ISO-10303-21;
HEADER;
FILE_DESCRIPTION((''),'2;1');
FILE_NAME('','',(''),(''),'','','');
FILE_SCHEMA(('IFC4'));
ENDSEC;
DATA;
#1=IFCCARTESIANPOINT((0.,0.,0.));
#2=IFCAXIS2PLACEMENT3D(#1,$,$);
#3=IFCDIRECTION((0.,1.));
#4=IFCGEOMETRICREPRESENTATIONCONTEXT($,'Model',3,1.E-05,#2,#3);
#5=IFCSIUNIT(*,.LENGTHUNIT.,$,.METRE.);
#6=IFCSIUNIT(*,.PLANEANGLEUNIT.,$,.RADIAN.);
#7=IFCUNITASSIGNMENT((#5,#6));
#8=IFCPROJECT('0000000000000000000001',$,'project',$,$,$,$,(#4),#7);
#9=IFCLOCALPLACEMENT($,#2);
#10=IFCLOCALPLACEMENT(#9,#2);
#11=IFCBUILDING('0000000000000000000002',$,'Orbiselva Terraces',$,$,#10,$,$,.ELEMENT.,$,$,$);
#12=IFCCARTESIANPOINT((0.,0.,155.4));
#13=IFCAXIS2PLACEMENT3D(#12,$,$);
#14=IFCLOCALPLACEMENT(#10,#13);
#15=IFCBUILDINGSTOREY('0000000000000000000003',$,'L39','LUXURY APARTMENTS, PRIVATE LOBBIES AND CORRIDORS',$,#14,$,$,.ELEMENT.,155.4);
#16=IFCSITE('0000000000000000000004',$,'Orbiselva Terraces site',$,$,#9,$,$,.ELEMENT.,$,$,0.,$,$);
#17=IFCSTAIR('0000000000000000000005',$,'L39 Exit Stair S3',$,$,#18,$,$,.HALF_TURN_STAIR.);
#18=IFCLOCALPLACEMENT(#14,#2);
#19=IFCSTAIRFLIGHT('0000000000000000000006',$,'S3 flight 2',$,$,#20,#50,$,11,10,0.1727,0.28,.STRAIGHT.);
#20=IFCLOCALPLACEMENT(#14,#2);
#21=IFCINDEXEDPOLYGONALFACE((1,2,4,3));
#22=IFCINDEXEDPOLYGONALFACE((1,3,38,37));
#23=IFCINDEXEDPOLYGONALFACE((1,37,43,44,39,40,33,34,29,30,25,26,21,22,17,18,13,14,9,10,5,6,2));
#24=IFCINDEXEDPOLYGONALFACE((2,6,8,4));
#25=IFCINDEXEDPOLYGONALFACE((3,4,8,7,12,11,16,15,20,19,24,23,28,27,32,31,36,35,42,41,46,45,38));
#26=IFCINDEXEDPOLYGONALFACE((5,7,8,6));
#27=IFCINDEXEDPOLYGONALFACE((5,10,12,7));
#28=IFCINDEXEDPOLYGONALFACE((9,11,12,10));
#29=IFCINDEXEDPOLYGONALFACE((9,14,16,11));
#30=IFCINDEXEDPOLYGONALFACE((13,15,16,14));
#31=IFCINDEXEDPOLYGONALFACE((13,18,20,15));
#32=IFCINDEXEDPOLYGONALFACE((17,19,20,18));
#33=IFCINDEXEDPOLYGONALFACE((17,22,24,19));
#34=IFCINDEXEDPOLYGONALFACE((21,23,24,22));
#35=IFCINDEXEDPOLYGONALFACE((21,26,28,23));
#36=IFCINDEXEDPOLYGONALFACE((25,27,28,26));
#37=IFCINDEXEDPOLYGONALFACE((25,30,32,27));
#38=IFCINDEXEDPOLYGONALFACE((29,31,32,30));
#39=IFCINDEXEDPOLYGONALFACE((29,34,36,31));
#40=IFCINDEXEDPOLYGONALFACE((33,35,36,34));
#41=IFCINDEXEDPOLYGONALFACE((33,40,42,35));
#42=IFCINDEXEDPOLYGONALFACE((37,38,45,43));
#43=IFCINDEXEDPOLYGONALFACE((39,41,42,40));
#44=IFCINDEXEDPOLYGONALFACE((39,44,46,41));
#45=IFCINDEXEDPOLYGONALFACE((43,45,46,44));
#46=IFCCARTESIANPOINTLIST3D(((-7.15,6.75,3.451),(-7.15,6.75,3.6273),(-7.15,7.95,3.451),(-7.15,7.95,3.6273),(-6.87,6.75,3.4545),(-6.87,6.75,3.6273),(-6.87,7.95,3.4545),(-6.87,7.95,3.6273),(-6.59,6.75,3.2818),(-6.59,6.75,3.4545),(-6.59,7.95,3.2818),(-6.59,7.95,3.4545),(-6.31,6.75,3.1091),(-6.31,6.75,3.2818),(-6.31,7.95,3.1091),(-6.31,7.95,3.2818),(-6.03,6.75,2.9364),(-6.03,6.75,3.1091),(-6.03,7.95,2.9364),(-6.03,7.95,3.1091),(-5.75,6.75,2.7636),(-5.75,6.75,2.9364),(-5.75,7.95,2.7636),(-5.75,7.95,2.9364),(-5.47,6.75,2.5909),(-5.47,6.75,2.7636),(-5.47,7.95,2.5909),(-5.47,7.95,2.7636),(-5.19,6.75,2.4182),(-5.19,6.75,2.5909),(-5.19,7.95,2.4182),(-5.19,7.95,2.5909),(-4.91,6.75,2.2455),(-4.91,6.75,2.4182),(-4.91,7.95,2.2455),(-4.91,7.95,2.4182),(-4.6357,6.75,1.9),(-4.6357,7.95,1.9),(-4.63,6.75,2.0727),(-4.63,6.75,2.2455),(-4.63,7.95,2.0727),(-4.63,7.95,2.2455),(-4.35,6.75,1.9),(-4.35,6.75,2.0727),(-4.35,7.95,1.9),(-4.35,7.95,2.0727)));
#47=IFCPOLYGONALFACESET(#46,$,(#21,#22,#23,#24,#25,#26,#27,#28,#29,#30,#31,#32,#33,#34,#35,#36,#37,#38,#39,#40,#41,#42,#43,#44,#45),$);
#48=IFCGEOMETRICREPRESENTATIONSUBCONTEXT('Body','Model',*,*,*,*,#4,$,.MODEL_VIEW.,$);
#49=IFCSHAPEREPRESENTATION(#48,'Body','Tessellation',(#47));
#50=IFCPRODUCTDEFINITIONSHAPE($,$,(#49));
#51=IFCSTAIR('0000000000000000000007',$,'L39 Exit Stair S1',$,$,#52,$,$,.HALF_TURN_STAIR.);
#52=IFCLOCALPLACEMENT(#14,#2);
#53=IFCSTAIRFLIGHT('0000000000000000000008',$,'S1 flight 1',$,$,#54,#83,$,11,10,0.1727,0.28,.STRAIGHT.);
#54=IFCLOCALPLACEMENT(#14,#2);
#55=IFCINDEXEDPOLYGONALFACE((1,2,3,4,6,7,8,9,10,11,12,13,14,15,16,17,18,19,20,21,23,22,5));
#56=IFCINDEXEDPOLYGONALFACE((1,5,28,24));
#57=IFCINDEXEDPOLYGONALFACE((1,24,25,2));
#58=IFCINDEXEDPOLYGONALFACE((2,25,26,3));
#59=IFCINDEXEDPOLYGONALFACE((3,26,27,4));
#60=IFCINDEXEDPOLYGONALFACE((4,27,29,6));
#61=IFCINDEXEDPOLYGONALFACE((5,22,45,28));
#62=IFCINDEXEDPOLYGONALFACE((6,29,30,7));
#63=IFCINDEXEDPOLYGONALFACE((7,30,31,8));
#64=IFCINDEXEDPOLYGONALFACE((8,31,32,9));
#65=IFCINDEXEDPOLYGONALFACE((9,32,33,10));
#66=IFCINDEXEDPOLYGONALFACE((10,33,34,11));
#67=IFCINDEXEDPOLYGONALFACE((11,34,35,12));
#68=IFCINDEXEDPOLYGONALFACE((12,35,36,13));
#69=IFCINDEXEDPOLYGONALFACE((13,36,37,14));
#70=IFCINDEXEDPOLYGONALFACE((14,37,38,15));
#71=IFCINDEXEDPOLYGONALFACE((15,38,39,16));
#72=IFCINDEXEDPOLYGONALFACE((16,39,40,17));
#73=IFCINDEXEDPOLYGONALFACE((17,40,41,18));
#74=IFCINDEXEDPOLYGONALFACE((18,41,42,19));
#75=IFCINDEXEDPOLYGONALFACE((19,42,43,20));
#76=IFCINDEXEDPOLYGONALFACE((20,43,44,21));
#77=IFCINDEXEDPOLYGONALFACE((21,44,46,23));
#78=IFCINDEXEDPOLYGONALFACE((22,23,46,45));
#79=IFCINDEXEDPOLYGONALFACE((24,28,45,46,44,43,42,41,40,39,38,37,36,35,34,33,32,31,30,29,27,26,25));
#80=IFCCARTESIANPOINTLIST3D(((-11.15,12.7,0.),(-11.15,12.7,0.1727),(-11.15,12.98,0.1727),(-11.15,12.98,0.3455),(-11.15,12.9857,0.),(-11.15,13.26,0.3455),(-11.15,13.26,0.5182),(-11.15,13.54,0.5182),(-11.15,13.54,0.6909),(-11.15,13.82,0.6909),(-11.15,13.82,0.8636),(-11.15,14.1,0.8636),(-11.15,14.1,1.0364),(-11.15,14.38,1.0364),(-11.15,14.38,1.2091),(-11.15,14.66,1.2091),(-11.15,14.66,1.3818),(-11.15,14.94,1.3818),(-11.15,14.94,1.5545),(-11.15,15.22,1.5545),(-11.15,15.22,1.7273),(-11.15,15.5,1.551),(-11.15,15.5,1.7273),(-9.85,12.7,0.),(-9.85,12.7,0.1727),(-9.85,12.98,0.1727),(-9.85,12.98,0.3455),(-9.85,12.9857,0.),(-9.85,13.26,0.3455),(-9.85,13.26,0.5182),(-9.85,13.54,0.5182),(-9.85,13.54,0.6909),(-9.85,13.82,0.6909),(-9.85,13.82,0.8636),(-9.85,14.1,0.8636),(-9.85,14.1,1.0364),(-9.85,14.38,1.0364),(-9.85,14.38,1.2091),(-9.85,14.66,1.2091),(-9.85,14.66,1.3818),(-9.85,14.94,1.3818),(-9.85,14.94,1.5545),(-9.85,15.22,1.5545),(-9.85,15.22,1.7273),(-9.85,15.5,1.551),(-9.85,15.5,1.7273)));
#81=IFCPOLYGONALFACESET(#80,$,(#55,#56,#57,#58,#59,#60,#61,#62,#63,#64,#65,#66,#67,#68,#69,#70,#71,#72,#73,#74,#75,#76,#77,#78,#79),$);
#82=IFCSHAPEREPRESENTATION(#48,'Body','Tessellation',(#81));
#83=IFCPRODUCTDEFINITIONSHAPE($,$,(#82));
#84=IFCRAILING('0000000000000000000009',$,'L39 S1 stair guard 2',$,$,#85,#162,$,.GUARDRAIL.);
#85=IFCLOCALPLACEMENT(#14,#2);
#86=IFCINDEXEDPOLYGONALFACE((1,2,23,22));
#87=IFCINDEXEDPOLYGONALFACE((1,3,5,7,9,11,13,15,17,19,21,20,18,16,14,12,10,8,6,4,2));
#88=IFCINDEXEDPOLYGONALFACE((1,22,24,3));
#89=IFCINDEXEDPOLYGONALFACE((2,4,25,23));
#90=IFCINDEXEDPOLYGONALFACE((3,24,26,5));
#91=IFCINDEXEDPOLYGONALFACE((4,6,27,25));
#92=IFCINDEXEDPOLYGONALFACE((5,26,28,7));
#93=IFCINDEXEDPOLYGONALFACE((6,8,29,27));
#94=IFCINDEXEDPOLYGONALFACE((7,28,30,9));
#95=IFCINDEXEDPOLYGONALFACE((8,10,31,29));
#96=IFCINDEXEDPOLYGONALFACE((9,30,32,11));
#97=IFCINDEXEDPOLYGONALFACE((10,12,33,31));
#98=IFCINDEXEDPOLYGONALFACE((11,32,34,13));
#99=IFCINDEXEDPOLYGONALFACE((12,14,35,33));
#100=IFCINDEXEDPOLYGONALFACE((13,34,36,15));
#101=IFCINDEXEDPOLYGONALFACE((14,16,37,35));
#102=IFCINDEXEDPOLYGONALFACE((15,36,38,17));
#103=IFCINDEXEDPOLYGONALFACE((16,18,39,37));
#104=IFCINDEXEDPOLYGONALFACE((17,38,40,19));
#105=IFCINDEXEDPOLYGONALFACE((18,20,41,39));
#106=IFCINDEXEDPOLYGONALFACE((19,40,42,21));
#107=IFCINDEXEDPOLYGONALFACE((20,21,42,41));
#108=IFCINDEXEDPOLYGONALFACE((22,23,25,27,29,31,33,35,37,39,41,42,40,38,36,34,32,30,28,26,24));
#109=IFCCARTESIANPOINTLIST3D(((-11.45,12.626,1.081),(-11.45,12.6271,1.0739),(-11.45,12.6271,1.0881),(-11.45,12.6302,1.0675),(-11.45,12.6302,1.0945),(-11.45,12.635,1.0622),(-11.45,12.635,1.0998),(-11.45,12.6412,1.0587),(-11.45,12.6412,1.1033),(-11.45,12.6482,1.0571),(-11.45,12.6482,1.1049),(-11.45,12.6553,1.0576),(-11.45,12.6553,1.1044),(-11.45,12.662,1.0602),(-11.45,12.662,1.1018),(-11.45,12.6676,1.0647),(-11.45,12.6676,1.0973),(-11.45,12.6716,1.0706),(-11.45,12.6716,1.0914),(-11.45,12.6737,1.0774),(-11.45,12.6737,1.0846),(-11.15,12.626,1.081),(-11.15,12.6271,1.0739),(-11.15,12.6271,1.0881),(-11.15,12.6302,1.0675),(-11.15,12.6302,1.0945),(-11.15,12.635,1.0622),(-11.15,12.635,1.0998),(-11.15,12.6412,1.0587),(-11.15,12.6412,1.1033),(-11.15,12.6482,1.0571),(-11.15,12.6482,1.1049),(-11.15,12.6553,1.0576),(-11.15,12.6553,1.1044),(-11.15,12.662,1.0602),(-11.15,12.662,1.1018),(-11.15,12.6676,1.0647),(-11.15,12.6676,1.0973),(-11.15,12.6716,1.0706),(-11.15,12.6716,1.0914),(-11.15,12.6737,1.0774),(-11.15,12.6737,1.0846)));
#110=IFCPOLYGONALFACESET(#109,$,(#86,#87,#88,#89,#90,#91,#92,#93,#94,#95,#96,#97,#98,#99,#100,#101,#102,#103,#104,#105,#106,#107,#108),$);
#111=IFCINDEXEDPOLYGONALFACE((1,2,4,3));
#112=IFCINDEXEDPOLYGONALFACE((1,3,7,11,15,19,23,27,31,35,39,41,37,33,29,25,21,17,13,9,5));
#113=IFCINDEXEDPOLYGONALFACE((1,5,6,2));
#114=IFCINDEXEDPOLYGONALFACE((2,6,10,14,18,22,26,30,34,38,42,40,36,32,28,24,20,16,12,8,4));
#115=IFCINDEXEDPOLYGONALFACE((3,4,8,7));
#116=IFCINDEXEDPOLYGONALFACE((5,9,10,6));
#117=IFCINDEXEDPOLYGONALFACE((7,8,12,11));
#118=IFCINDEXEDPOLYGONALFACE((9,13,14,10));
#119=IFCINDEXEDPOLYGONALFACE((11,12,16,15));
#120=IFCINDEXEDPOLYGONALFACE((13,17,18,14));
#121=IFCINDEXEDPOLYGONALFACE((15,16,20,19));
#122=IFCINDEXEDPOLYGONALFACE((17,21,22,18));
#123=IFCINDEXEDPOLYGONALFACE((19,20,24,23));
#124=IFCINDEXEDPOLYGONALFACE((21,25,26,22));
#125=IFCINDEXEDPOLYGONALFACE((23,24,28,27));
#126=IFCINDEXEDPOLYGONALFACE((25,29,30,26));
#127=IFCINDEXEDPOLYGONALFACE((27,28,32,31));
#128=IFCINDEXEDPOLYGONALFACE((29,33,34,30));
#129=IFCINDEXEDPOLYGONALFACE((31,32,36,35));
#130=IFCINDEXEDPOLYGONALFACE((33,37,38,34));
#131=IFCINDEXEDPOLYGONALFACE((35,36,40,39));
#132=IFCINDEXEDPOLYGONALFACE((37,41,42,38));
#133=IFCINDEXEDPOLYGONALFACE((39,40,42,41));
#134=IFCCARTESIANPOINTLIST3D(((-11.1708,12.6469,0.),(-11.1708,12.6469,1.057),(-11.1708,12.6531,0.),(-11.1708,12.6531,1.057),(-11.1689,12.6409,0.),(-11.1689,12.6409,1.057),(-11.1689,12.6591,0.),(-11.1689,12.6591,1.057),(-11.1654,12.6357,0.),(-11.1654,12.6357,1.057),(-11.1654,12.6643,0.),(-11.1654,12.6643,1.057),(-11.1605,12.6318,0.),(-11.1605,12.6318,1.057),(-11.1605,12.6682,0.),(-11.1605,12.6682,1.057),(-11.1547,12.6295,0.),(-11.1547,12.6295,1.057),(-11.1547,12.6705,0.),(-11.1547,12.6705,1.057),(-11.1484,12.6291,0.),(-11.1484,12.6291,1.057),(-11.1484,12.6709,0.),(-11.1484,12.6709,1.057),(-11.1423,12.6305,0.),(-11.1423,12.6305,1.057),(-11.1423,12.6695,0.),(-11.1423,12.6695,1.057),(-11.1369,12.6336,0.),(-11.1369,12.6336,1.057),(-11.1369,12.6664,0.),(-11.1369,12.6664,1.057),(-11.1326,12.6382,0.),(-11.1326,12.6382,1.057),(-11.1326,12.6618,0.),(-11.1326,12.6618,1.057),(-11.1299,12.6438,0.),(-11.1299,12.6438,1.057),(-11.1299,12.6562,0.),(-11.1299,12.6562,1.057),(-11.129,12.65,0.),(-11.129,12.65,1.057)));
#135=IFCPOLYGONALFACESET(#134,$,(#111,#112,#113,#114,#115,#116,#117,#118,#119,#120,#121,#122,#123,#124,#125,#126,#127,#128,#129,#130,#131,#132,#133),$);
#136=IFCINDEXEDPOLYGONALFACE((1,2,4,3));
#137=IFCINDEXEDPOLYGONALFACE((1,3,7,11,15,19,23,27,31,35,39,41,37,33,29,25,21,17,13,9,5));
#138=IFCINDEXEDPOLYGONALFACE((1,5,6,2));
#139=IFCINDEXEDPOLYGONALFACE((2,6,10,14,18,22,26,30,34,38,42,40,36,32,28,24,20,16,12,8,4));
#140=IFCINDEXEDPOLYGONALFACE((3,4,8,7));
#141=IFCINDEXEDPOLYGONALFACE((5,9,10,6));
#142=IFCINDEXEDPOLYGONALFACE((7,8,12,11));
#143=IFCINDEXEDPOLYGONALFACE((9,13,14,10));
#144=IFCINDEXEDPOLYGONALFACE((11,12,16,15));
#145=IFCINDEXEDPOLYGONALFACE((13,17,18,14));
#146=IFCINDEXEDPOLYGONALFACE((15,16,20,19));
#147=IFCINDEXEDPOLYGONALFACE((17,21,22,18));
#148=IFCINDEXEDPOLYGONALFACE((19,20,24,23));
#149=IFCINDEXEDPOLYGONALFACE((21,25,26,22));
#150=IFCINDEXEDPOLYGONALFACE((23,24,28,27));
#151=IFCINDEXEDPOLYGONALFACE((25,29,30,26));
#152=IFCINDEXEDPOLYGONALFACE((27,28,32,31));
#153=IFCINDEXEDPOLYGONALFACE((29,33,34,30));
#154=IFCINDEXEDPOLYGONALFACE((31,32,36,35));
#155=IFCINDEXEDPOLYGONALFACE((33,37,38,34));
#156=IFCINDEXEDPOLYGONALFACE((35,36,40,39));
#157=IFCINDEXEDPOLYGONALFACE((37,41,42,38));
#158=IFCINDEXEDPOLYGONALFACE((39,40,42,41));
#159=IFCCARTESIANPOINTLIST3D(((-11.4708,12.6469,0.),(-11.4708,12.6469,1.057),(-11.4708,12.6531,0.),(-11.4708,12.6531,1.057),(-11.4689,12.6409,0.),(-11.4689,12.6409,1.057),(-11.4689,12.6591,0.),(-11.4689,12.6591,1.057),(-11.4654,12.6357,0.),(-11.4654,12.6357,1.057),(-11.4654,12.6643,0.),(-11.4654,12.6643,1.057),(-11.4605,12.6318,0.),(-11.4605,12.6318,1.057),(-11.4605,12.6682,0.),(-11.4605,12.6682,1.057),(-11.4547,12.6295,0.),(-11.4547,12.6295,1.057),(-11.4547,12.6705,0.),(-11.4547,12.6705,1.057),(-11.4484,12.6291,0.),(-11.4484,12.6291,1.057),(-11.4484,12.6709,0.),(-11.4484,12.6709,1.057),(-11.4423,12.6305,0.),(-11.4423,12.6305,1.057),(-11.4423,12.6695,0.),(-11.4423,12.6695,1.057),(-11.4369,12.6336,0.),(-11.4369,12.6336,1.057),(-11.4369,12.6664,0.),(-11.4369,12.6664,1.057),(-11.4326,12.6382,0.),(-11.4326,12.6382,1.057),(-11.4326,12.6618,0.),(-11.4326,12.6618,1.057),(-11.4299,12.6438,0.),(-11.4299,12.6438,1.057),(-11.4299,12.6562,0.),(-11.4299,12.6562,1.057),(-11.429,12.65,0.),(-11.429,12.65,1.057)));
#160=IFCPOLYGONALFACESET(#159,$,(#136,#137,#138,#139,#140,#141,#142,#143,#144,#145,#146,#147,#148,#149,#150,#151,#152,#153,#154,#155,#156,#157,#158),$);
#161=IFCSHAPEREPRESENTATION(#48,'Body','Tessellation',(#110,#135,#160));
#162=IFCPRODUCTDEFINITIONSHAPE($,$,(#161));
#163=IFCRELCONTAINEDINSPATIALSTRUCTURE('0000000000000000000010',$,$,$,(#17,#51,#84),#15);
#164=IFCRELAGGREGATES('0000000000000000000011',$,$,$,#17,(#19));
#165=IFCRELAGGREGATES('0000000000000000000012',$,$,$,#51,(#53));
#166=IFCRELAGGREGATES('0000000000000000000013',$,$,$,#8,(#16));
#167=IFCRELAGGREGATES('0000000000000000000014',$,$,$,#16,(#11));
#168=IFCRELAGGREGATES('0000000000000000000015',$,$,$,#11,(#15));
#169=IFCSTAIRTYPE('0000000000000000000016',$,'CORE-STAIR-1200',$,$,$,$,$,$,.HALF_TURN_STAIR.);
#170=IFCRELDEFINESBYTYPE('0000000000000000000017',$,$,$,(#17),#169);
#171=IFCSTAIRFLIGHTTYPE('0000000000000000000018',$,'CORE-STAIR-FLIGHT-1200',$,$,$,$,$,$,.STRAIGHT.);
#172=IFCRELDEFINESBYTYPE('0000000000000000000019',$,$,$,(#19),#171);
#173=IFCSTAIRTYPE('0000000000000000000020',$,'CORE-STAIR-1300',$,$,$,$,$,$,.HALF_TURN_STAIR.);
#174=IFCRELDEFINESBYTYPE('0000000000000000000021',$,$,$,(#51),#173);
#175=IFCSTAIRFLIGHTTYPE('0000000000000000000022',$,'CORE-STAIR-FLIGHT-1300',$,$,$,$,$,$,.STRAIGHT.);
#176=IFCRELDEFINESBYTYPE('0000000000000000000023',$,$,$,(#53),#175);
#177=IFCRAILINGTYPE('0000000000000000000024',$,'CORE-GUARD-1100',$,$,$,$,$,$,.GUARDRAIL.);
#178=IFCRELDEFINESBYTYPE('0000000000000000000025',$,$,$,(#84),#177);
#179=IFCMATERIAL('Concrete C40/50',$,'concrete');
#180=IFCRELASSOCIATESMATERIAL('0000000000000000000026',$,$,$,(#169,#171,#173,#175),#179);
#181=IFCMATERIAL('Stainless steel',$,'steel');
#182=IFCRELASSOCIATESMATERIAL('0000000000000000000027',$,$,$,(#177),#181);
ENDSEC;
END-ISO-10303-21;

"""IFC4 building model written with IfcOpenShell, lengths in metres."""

from ifc_helpers import new_model, si_unit, direction, frame, origin, origin_2d, place, context, subcontext, project, spatial, polyline, circle, outline, extrude, material, type_object, element, aggregate, save


model = new_model("IFC4")

# Units and contexts
model_context = context("Model", 3, precision=1e-05, world=origin(), true_north=direction((0.0, 1.0)))
body_context = subcontext(model_context, "Body", "Model", "MODEL_VIEW")
ifc_project = project(units=[si_unit("LENGTHUNIT", "METRE"), si_unit("PLANEANGLEUNIT", "RADIAN")], contexts=[model_context])

# Site, building, storey
site_placement = place(None, origin())
site = spatial("IfcSite", under=ifc_project, at=site_placement, Name="Orbiselva Terraces site", CompositionType="ELEMENT", RefElevation=0.0)
building_placement = place(site_placement, origin())
building = spatial("IfcBuilding", under=site, at=building_placement, Name="Orbiselva Terraces", CompositionType="ELEMENT")
storey_placement = place(building_placement, frame((0.0, 0.0, 155.4)))
storey = spatial("IfcBuildingStorey", under=building, at=storey_placement, Name="L39", Description="LUXURY APARTMENTS, PRIVATE LOBBIES AND CORRIDORS", CompositionType="ELEMENT", Elevation=155.4)

# Stair, stair flight
ifc_material_1 = material(Name="Concrete C40/50", Category="concrete")
stair_type_1 = type_object("IfcStairType", Name="CORE-STAIR-1200", PredefinedType="HALF_TURN_STAIR", material=ifc_material_1)
stair_1_placement = place(storey_placement, origin())
stair_1 = element("IfcStair", 1, at=stair_1_placement, inside=storey, type_object=stair_type_1, Name="L39 Exit Stair S3", PredefinedType="HALF_TURN_STAIR")
stair_flight_type_1 = type_object("IfcStairFlightType", Name="CORE-STAIR-FLIGHT-1200", PredefinedType="STRAIGHT", material=ifc_material_1)
stair_flight_1_placement = place(storey_placement, frame((-4.35, 7.35, 1.9), z_axis=(0.0, 0.0, 1.0), x_axis=(-1.0, 0.0, 0.0)))
stair_flight_1 = element("IfcStairFlight", 2, at=stair_flight_1_placement, type_object=stair_flight_type_1, Name="S3 flight 2", NumberOfRisers=11, NumberOfTreads=10, PredefinedType="STRAIGHT", RiserHeight=0.1727, TreadLength=0.28, context=body_context, shape_type="SweptSolid", body=[
    extrude(outline(polyline([(0.0, 0.0), (0.0, 0.1727), (0.28, 0.1727), (0.28, 0.3455), (0.56, 0.3455), (0.56, 0.5182), (0.84, 0.5182), (0.84, 0.6909), (1.12, 0.6909), (1.12, 0.8636), (1.4, 0.8636), (1.4, 1.0364), (1.68, 1.0364), (1.68, 1.2091), (1.96, 1.2091), (1.96, 1.3818), (2.24, 1.3818), (2.24, 1.5545), (2.52, 1.5545), (2.52, 1.7273), (2.8, 1.7273), (2.8, 1.9), (2.8, 1.551), (0.2857, 0.0), (0.0, 0.0)])), frame((0.0, 0.6, 0.0), z_axis=(0.0, -1.0, 0.0), x_axis=(1.0, 0.0, 0.0)), (0.0, 0.0, 1.0), 1.2),
])
aggregate(stair_1, [stair_flight_1])

# Stair, stair flight
stair_type_2 = type_object("IfcStairType", Name="CORE-STAIR-1300", PredefinedType="HALF_TURN_STAIR", material=ifc_material_1)
stair_2_placement = place(storey_placement, origin())
stair_2 = element("IfcStair", 3, at=stair_2_placement, inside=storey, type_object=stair_type_2, Name="L39 Exit Stair S1", PredefinedType="HALF_TURN_STAIR")
stair_flight_type_2 = type_object("IfcStairFlightType", Name="CORE-STAIR-FLIGHT-1300", PredefinedType="STRAIGHT", material=ifc_material_1)
stair_flight_2_placement = place(storey_placement, frame((-10.5, 12.7, 0.0), z_axis=(0.0, 0.0, 1.0), x_axis=(0.0, 1.0, 0.0)))
stair_flight_2 = element("IfcStairFlight", 4, at=stair_flight_2_placement, type_object=stair_flight_type_2, Name="S1 flight 1", NumberOfRisers=11, NumberOfTreads=10, PredefinedType="STRAIGHT", RiserHeight=0.1727, TreadLength=0.28, context=body_context, shape_type="SweptSolid", body=[
    extrude(outline(polyline([(0.0, 0.0), (0.0, 0.1727), (0.28, 0.1727), (0.28, 0.3455), (0.56, 0.3455), (0.56, 0.5182), (0.84, 0.5182), (0.84, 0.6909), (1.12, 0.6909), (1.12, 0.8636), (1.4, 0.8636), (1.4, 1.0364), (1.68, 1.0364), (1.68, 1.2091), (1.96, 1.2091), (1.96, 1.3818), (2.24, 1.3818), (2.24, 1.5545), (2.52, 1.5545), (2.52, 1.7273), (2.8, 1.7273), (2.8, 1.9), (2.8, 1.551), (0.2857, 0.0), (0.0, 0.0)])), frame((0.0, 0.65, 0.0), z_axis=(0.0, -1.0, 0.0), x_axis=(1.0, 0.0, 0.0)), (0.0, 0.0, 1.0), 1.3),
])
aggregate(stair_2, [stair_flight_2])

# Railing
ifc_material_2 = material(Name="Stainless steel", Category="steel")
railing_type_1 = type_object("IfcRailingType", Name="CORE-GUARD-1100", PredefinedType="GUARDRAIL", material=ifc_material_2)
railing_1_placement = place(storey_placement, frame((-11.15, 12.65, 0.0)))
element("IfcRailing", 5, at=railing_1_placement, inside=storey, type_object=railing_type_1, Name="L39 S1 stair guard 2", PredefinedType="GUARDRAIL", context=body_context, shape_type="SweptSolid", body=[
    extrude(circle(Radius=0.024, at=origin_2d()), frame((0.0, 0.0, 1.081), z_axis=(-1.0, 0.0, 0.0), x_axis=(0.0, -1.0, 0.0)), (0.0, 0.0, 1.0), 0.3),
    extrude(circle(Radius=0.021, at=origin_2d()), origin(), (0.0, 0.0, 1.0), 1.057),
    extrude(circle(Radius=0.021, at=origin_2d()), frame((-0.3, 0.0, 0.0)), (0.0, 0.0, 1.0), 1.057),
])

save(model, "model.ifc")
